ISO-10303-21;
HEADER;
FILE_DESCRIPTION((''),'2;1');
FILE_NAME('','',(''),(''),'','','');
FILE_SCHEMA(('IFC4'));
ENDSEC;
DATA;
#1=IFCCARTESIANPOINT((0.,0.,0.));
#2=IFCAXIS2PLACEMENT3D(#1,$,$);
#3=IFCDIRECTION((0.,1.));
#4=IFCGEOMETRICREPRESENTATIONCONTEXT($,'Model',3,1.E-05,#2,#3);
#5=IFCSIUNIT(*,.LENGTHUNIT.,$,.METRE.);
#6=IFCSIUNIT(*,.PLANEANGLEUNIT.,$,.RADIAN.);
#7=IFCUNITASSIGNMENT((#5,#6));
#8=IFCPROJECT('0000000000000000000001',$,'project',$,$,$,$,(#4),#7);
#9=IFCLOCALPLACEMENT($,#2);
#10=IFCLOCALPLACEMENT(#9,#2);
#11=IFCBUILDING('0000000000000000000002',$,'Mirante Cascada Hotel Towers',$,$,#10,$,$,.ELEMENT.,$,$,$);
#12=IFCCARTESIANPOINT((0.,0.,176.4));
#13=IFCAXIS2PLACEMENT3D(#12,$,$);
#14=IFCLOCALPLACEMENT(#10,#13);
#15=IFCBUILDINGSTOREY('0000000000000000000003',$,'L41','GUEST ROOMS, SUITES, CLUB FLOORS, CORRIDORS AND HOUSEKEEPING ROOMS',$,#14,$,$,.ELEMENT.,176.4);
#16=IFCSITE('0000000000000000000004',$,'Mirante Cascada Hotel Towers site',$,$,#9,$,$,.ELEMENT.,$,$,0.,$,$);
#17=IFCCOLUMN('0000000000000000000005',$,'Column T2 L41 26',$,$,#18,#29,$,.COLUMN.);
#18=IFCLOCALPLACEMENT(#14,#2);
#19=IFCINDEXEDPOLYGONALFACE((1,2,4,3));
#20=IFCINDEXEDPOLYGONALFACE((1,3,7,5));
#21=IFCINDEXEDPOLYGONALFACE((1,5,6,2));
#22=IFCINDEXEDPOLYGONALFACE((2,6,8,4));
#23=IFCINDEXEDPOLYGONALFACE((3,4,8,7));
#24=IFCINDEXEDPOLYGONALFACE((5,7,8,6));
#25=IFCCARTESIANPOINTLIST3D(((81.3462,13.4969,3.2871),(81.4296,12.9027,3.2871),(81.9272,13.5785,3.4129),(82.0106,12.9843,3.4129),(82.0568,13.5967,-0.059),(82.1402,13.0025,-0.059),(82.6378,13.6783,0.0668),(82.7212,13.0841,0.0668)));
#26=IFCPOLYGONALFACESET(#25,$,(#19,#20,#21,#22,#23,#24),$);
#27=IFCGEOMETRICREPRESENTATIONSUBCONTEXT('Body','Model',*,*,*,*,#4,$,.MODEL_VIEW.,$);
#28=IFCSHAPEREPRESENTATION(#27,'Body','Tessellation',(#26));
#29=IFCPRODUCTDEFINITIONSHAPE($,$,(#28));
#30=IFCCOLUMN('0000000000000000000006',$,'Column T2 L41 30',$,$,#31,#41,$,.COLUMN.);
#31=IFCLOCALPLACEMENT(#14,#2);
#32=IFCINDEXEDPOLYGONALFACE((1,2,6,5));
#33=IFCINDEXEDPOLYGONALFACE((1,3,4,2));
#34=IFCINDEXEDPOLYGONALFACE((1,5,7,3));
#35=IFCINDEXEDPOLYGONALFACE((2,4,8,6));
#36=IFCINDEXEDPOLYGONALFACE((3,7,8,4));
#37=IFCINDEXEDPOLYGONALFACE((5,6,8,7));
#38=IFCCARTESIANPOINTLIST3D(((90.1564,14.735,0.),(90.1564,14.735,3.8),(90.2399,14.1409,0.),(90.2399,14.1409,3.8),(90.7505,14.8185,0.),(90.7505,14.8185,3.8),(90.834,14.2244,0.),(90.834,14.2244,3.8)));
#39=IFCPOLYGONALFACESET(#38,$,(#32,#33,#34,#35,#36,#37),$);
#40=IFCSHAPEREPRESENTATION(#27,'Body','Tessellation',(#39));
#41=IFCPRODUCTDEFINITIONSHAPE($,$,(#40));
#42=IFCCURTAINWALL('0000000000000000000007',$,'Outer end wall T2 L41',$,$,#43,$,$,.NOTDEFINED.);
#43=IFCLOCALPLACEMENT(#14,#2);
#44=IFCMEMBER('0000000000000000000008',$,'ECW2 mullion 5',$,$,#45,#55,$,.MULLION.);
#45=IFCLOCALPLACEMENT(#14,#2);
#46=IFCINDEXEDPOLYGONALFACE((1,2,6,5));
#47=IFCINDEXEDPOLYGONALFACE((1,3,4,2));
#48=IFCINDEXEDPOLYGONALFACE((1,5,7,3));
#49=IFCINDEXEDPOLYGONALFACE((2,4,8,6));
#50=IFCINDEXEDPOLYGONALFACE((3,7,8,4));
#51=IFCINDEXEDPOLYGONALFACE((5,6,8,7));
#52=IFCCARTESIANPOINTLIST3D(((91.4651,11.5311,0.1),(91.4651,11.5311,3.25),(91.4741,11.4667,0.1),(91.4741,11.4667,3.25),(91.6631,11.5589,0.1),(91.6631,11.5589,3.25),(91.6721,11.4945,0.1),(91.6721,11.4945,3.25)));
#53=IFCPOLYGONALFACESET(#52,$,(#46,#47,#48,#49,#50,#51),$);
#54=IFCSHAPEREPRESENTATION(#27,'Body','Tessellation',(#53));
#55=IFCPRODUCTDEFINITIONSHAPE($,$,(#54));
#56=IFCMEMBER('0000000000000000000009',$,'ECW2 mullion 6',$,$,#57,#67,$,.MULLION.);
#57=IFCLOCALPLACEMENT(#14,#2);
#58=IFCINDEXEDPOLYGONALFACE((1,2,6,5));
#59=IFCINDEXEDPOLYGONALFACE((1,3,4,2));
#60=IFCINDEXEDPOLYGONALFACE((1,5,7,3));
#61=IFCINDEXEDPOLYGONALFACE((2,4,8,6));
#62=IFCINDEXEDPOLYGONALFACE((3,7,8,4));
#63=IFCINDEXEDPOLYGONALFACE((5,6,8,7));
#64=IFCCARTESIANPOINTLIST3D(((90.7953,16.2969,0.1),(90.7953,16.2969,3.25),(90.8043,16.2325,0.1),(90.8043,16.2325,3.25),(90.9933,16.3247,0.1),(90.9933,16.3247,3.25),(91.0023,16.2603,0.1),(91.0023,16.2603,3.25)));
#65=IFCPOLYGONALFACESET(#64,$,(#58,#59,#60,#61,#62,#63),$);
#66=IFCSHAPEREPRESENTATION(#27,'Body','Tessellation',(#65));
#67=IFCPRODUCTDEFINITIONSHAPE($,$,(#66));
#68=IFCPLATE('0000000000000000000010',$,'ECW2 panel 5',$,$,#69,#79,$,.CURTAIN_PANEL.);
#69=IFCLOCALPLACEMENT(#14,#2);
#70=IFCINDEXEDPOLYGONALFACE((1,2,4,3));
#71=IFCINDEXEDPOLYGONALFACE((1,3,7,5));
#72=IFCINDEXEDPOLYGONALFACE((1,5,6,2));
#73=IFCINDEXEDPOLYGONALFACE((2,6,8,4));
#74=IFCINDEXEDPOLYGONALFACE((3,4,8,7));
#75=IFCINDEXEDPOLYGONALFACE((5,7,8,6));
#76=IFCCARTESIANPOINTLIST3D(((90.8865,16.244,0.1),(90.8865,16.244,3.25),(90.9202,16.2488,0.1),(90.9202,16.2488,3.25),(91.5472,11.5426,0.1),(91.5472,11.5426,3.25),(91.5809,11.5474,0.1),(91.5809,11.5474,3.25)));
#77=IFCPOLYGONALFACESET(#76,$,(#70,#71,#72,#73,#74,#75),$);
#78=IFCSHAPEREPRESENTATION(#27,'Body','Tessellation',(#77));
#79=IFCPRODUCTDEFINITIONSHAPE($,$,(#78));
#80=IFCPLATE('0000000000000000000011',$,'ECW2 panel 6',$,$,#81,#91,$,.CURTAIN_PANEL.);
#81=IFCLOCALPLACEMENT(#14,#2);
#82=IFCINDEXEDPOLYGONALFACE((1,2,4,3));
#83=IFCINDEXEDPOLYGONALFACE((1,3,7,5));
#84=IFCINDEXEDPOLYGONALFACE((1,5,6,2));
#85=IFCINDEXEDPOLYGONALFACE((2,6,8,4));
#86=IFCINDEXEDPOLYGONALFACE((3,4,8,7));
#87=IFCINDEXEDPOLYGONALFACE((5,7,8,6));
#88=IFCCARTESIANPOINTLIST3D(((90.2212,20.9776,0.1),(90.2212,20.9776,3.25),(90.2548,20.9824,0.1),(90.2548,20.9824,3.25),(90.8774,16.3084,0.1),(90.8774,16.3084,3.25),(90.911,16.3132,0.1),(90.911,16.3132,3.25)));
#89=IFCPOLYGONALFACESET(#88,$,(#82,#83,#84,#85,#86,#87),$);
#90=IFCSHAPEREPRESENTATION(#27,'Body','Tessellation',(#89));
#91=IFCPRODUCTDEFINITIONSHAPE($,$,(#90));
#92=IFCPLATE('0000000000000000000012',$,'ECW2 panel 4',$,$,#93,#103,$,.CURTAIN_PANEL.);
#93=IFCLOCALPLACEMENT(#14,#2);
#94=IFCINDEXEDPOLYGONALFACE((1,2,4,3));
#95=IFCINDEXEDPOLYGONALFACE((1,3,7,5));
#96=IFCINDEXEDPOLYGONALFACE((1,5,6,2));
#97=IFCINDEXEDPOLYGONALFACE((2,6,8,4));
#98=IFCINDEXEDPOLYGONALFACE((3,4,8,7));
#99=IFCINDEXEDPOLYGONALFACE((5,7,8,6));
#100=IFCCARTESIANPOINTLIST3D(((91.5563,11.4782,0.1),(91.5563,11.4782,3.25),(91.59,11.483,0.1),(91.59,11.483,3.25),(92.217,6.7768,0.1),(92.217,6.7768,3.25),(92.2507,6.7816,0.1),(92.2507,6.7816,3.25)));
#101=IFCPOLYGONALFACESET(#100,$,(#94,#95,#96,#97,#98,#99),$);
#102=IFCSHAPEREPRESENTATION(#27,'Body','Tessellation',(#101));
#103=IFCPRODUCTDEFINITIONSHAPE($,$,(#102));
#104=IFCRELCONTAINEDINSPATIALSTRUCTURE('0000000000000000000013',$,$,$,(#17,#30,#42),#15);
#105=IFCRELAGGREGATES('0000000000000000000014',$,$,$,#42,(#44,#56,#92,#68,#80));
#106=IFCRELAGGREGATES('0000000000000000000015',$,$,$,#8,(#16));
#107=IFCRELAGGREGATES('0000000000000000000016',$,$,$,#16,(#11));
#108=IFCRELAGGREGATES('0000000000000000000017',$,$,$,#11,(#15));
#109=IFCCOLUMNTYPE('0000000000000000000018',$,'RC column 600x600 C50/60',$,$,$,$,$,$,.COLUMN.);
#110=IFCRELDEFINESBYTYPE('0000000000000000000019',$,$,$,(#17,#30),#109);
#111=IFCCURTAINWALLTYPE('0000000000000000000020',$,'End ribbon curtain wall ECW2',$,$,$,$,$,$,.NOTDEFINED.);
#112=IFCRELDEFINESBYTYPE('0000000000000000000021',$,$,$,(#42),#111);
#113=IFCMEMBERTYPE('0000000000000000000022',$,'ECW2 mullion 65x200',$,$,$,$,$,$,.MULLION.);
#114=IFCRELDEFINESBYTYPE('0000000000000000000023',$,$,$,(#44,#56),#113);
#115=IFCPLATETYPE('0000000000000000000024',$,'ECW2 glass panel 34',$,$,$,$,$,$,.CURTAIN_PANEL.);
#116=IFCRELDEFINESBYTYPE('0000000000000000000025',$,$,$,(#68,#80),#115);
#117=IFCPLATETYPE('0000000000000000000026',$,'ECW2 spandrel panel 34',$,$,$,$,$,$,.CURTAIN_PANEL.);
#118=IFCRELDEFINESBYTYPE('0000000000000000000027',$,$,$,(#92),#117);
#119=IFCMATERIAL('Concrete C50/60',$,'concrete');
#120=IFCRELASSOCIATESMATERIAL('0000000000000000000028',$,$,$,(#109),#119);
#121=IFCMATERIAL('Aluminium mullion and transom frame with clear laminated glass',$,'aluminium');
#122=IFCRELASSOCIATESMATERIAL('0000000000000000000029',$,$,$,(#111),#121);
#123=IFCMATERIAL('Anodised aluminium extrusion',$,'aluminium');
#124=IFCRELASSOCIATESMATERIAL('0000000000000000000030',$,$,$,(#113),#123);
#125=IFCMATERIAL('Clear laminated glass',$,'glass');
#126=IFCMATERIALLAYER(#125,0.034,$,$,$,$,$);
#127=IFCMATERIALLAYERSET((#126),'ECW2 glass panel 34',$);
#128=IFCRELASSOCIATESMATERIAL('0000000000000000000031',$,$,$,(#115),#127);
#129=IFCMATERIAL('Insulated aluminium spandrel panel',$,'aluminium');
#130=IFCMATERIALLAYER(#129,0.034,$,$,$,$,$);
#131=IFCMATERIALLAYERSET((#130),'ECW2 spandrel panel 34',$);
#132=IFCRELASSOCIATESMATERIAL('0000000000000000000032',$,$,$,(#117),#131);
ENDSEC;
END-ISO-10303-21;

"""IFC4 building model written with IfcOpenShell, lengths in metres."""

from ifc_helpers import new_model, si_unit, direction, frame, origin, origin_2d, place, context, subcontext, project, spatial, rectangle, extrude, material, layer, layer_set, material_profile, profile_set, type_object, element, aggregate, save


model = new_model("IFC4")

# Units and contexts
model_context = context("Model", 3, precision=1e-05, world=origin(), true_north=direction((0.0, 1.0)))
body_context = subcontext(model_context, "Body", "Model", "MODEL_VIEW")
ifc_project = project(units=[si_unit("LENGTHUNIT", "METRE"), si_unit("PLANEANGLEUNIT", "RADIAN")], contexts=[model_context])

# Site, building, storey
site_placement = place(None, origin())
site = spatial("IfcSite", under=ifc_project, at=site_placement, Name="Mirante Cascada Hotel Towers site", CompositionType="ELEMENT", RefElevation=0.0)
building_placement = place(site_placement, origin())
building = spatial("IfcBuilding", under=site, at=building_placement, Name="Mirante Cascada Hotel Towers", CompositionType="ELEMENT")
storey_placement = place(building_placement, frame((0.0, 0.0, 176.4)))
storey = spatial("IfcBuildingStorey", under=building, at=storey_placement, Name="L41", Description="GUEST ROOMS, SUITES, CLUB FLOORS, CORRIDORS AND HOUSEKEEPING ROOMS", CompositionType="ELEMENT", Elevation=176.4)

# Columns
ifc_material_1 = material(Name="Concrete C50/60", Category="concrete")
ifc_material_profile_1 = material_profile(ifc_material_1, rectangle(XDim=0.6, YDim=0.6, at=origin_2d()), Name="RC column 600x600 C50/60")
ifc_profile_set_1 = profile_set([ifc_material_profile_1], Name="Concrete C50/60")
column_type = type_object("IfcColumnType", Name="RC column 600x600 C50/60", PredefinedType="COLUMN", material=ifc_profile_set_1)
column_1_placement = place(storey_placement, frame((82.389, 13.3404, 0.0039), z_axis=(-0.207646, -0.029163, 0.977769), x_axis=(0.13908, -0.990281, 0.0)))
element("IfcColumn", 1, at=column_1_placement, inside=storey, type_object=column_type, Name="Column T2 L41 26", PredefinedType="COLUMN", context=body_context, shape_type="SweptSolid", body=[
    extrude(rectangle(XDim=0.6, YDim=0.6, at=origin_2d()), origin(), (0.0, 0.0, 1.0), 3.4222),
])
column_2_placement = place(storey_placement, frame((90.4952, 14.4797, 0.0), z_axis=(0.0, 0.0, 1.0), x_axis=(0.990268, 0.139173, 0.0)))
element("IfcColumn", 2, at=column_2_placement, inside=storey, type_object=column_type, Name="Column T2 L41 30", PredefinedType="COLUMN", context=body_context, shape_type="SweptSolid", body=[
    extrude(rectangle(XDim=0.6, YDim=0.6, at=origin_2d()), origin(), (0.0, 0.0, 1.0), 3.8),
])

# Curtain wall, members, plates
ifc_material_2 = material(Name="Aluminium mullion and transom frame with clear laminated glass", Category="aluminium")
curtain_wall_type = type_object("IfcCurtainWallType", Name="End ribbon curtain wall ECW2", PredefinedType="NOTDEFINED", material=ifc_material_2)
curtain_wall_placement = place(storey_placement, origin())
curtain_wall = element("IfcCurtainWall", 3, at=curtain_wall_placement, inside=storey, type_object=curtain_wall_type, Name="Outer end wall T2 L41", PredefinedType="NOTDEFINED")
ifc_material_3 = material(Name="Anodised aluminium extrusion", Category="aluminium")
ifc_material_profile_2 = material_profile(ifc_material_3, rectangle(XDim=0.2, YDim=0.065, at=origin_2d()), Name="ECW2 MULLION 65x200")
ifc_profile_set_2 = profile_set([ifc_material_profile_2], Name="Anodised aluminium extrusion")
member_type = type_object("IfcMemberType", Name="ECW2 mullion 65x200", PredefinedType="MULLION", material=ifc_profile_set_2)
member_1_placement = place(storey_placement, frame((91.5686, 11.5128, 0.1), z_axis=(0.0, 0.0, 1.0), x_axis=(-0.990268, -0.139173, 0.0)))
member_1 = element("IfcMember", 4, at=member_1_placement, type_object=member_type, Name="ECW2 mullion 5", PredefinedType="MULLION", context=body_context, shape_type="SweptSolid", body=[
    extrude(rectangle(XDim=0.2, YDim=0.065, at=origin_2d()), origin(), (0.0, 0.0, 1.0), 3.15),
])
member_2_placement = place(storey_placement, frame((90.8988, 16.2786, 0.1), z_axis=(0.0, 0.0, 1.0), x_axis=(-0.990268, -0.139173, 0.0)))
member_2 = element("IfcMember", 5, at=member_2_placement, type_object=member_type, Name="ECW2 mullion 6", PredefinedType="MULLION", context=body_context, shape_type="SweptSolid", body=[
    extrude(rectangle(XDim=0.2, YDim=0.065, at=origin_2d()), origin(), (0.0, 0.0, 1.0), 3.15),
])
ifc_material_4 = material(Name="Clear laminated glass", Category="glass")
ifc_layer_1 = layer(ifc_material_4, 0.034)
ifc_layer_set_1 = layer_set([ifc_layer_1], Name="ECW2 glass panel 34")
plate_type_1 = type_object("IfcPlateType", Name="ECW2 glass panel 34", PredefinedType="CURTAIN_PANEL", material=ifc_layer_set_1)
plate_1_placement = place(storey_placement, frame((91.2337, 13.8957, 0.1), z_axis=(0.0, 0.0, 1.0), x_axis=(-0.139173, 0.990268, 0.0)))
plate_1 = element("IfcPlate", 6, at=plate_1_placement, type_object=plate_type_1, Name="ECW2 panel 5", PredefinedType="CURTAIN_PANEL", context=body_context, shape_type="SweptSolid", body=[
    extrude(rectangle(XDim=4.7476, YDim=0.034, at=origin_2d()), origin(), (0.0, 0.0, 1.0), 3.15),
])
plate_2_placement = place(storey_placement, frame((90.5661, 18.6454, 0.1), z_axis=(0.0, 0.0, 1.0), x_axis=(-0.139173, 0.990268, 0.0)))
plate_2 = element("IfcPlate", 7, at=plate_2_placement, type_object=plate_type_1, Name="ECW2 panel 6", PredefinedType="CURTAIN_PANEL", context=body_context, shape_type="SweptSolid", body=[
    extrude(rectangle(XDim=4.7151, YDim=0.034, at=origin_2d()), origin(), (0.0, 0.0, 1.0), 3.15),
])
ifc_material_5 = material(Name="Insulated aluminium spandrel panel", Category="aluminium")
ifc_layer_2 = layer(ifc_material_5, 0.034)
ifc_layer_set_2 = layer_set([ifc_layer_2], Name="ECW2 spandrel panel 34")
plate_type_2 = type_object("IfcPlateType", Name="ECW2 spandrel panel 34", PredefinedType="CURTAIN_PANEL", material=ifc_layer_set_2)
plate_3_placement = place(storey_placement, frame((91.9035, 9.1299, 0.1), z_axis=(0.0, 0.0, 1.0), x_axis=(-0.139173, 0.990268, 0.0)))
plate_3 = element("IfcPlate", 8, at=plate_3_placement, type_object=plate_type_2, Name="ECW2 panel 4", PredefinedType="CURTAIN_PANEL", context=body_context, shape_type="SweptSolid", body=[
    extrude(rectangle(XDim=4.7476, YDim=0.034, at=origin_2d()), origin(), (0.0, 0.0, 1.0), 3.15),
])
aggregate(curtain_wall, [member_1, member_2, plate_3, plate_1, plate_2])

save(model, "model.ifc")
